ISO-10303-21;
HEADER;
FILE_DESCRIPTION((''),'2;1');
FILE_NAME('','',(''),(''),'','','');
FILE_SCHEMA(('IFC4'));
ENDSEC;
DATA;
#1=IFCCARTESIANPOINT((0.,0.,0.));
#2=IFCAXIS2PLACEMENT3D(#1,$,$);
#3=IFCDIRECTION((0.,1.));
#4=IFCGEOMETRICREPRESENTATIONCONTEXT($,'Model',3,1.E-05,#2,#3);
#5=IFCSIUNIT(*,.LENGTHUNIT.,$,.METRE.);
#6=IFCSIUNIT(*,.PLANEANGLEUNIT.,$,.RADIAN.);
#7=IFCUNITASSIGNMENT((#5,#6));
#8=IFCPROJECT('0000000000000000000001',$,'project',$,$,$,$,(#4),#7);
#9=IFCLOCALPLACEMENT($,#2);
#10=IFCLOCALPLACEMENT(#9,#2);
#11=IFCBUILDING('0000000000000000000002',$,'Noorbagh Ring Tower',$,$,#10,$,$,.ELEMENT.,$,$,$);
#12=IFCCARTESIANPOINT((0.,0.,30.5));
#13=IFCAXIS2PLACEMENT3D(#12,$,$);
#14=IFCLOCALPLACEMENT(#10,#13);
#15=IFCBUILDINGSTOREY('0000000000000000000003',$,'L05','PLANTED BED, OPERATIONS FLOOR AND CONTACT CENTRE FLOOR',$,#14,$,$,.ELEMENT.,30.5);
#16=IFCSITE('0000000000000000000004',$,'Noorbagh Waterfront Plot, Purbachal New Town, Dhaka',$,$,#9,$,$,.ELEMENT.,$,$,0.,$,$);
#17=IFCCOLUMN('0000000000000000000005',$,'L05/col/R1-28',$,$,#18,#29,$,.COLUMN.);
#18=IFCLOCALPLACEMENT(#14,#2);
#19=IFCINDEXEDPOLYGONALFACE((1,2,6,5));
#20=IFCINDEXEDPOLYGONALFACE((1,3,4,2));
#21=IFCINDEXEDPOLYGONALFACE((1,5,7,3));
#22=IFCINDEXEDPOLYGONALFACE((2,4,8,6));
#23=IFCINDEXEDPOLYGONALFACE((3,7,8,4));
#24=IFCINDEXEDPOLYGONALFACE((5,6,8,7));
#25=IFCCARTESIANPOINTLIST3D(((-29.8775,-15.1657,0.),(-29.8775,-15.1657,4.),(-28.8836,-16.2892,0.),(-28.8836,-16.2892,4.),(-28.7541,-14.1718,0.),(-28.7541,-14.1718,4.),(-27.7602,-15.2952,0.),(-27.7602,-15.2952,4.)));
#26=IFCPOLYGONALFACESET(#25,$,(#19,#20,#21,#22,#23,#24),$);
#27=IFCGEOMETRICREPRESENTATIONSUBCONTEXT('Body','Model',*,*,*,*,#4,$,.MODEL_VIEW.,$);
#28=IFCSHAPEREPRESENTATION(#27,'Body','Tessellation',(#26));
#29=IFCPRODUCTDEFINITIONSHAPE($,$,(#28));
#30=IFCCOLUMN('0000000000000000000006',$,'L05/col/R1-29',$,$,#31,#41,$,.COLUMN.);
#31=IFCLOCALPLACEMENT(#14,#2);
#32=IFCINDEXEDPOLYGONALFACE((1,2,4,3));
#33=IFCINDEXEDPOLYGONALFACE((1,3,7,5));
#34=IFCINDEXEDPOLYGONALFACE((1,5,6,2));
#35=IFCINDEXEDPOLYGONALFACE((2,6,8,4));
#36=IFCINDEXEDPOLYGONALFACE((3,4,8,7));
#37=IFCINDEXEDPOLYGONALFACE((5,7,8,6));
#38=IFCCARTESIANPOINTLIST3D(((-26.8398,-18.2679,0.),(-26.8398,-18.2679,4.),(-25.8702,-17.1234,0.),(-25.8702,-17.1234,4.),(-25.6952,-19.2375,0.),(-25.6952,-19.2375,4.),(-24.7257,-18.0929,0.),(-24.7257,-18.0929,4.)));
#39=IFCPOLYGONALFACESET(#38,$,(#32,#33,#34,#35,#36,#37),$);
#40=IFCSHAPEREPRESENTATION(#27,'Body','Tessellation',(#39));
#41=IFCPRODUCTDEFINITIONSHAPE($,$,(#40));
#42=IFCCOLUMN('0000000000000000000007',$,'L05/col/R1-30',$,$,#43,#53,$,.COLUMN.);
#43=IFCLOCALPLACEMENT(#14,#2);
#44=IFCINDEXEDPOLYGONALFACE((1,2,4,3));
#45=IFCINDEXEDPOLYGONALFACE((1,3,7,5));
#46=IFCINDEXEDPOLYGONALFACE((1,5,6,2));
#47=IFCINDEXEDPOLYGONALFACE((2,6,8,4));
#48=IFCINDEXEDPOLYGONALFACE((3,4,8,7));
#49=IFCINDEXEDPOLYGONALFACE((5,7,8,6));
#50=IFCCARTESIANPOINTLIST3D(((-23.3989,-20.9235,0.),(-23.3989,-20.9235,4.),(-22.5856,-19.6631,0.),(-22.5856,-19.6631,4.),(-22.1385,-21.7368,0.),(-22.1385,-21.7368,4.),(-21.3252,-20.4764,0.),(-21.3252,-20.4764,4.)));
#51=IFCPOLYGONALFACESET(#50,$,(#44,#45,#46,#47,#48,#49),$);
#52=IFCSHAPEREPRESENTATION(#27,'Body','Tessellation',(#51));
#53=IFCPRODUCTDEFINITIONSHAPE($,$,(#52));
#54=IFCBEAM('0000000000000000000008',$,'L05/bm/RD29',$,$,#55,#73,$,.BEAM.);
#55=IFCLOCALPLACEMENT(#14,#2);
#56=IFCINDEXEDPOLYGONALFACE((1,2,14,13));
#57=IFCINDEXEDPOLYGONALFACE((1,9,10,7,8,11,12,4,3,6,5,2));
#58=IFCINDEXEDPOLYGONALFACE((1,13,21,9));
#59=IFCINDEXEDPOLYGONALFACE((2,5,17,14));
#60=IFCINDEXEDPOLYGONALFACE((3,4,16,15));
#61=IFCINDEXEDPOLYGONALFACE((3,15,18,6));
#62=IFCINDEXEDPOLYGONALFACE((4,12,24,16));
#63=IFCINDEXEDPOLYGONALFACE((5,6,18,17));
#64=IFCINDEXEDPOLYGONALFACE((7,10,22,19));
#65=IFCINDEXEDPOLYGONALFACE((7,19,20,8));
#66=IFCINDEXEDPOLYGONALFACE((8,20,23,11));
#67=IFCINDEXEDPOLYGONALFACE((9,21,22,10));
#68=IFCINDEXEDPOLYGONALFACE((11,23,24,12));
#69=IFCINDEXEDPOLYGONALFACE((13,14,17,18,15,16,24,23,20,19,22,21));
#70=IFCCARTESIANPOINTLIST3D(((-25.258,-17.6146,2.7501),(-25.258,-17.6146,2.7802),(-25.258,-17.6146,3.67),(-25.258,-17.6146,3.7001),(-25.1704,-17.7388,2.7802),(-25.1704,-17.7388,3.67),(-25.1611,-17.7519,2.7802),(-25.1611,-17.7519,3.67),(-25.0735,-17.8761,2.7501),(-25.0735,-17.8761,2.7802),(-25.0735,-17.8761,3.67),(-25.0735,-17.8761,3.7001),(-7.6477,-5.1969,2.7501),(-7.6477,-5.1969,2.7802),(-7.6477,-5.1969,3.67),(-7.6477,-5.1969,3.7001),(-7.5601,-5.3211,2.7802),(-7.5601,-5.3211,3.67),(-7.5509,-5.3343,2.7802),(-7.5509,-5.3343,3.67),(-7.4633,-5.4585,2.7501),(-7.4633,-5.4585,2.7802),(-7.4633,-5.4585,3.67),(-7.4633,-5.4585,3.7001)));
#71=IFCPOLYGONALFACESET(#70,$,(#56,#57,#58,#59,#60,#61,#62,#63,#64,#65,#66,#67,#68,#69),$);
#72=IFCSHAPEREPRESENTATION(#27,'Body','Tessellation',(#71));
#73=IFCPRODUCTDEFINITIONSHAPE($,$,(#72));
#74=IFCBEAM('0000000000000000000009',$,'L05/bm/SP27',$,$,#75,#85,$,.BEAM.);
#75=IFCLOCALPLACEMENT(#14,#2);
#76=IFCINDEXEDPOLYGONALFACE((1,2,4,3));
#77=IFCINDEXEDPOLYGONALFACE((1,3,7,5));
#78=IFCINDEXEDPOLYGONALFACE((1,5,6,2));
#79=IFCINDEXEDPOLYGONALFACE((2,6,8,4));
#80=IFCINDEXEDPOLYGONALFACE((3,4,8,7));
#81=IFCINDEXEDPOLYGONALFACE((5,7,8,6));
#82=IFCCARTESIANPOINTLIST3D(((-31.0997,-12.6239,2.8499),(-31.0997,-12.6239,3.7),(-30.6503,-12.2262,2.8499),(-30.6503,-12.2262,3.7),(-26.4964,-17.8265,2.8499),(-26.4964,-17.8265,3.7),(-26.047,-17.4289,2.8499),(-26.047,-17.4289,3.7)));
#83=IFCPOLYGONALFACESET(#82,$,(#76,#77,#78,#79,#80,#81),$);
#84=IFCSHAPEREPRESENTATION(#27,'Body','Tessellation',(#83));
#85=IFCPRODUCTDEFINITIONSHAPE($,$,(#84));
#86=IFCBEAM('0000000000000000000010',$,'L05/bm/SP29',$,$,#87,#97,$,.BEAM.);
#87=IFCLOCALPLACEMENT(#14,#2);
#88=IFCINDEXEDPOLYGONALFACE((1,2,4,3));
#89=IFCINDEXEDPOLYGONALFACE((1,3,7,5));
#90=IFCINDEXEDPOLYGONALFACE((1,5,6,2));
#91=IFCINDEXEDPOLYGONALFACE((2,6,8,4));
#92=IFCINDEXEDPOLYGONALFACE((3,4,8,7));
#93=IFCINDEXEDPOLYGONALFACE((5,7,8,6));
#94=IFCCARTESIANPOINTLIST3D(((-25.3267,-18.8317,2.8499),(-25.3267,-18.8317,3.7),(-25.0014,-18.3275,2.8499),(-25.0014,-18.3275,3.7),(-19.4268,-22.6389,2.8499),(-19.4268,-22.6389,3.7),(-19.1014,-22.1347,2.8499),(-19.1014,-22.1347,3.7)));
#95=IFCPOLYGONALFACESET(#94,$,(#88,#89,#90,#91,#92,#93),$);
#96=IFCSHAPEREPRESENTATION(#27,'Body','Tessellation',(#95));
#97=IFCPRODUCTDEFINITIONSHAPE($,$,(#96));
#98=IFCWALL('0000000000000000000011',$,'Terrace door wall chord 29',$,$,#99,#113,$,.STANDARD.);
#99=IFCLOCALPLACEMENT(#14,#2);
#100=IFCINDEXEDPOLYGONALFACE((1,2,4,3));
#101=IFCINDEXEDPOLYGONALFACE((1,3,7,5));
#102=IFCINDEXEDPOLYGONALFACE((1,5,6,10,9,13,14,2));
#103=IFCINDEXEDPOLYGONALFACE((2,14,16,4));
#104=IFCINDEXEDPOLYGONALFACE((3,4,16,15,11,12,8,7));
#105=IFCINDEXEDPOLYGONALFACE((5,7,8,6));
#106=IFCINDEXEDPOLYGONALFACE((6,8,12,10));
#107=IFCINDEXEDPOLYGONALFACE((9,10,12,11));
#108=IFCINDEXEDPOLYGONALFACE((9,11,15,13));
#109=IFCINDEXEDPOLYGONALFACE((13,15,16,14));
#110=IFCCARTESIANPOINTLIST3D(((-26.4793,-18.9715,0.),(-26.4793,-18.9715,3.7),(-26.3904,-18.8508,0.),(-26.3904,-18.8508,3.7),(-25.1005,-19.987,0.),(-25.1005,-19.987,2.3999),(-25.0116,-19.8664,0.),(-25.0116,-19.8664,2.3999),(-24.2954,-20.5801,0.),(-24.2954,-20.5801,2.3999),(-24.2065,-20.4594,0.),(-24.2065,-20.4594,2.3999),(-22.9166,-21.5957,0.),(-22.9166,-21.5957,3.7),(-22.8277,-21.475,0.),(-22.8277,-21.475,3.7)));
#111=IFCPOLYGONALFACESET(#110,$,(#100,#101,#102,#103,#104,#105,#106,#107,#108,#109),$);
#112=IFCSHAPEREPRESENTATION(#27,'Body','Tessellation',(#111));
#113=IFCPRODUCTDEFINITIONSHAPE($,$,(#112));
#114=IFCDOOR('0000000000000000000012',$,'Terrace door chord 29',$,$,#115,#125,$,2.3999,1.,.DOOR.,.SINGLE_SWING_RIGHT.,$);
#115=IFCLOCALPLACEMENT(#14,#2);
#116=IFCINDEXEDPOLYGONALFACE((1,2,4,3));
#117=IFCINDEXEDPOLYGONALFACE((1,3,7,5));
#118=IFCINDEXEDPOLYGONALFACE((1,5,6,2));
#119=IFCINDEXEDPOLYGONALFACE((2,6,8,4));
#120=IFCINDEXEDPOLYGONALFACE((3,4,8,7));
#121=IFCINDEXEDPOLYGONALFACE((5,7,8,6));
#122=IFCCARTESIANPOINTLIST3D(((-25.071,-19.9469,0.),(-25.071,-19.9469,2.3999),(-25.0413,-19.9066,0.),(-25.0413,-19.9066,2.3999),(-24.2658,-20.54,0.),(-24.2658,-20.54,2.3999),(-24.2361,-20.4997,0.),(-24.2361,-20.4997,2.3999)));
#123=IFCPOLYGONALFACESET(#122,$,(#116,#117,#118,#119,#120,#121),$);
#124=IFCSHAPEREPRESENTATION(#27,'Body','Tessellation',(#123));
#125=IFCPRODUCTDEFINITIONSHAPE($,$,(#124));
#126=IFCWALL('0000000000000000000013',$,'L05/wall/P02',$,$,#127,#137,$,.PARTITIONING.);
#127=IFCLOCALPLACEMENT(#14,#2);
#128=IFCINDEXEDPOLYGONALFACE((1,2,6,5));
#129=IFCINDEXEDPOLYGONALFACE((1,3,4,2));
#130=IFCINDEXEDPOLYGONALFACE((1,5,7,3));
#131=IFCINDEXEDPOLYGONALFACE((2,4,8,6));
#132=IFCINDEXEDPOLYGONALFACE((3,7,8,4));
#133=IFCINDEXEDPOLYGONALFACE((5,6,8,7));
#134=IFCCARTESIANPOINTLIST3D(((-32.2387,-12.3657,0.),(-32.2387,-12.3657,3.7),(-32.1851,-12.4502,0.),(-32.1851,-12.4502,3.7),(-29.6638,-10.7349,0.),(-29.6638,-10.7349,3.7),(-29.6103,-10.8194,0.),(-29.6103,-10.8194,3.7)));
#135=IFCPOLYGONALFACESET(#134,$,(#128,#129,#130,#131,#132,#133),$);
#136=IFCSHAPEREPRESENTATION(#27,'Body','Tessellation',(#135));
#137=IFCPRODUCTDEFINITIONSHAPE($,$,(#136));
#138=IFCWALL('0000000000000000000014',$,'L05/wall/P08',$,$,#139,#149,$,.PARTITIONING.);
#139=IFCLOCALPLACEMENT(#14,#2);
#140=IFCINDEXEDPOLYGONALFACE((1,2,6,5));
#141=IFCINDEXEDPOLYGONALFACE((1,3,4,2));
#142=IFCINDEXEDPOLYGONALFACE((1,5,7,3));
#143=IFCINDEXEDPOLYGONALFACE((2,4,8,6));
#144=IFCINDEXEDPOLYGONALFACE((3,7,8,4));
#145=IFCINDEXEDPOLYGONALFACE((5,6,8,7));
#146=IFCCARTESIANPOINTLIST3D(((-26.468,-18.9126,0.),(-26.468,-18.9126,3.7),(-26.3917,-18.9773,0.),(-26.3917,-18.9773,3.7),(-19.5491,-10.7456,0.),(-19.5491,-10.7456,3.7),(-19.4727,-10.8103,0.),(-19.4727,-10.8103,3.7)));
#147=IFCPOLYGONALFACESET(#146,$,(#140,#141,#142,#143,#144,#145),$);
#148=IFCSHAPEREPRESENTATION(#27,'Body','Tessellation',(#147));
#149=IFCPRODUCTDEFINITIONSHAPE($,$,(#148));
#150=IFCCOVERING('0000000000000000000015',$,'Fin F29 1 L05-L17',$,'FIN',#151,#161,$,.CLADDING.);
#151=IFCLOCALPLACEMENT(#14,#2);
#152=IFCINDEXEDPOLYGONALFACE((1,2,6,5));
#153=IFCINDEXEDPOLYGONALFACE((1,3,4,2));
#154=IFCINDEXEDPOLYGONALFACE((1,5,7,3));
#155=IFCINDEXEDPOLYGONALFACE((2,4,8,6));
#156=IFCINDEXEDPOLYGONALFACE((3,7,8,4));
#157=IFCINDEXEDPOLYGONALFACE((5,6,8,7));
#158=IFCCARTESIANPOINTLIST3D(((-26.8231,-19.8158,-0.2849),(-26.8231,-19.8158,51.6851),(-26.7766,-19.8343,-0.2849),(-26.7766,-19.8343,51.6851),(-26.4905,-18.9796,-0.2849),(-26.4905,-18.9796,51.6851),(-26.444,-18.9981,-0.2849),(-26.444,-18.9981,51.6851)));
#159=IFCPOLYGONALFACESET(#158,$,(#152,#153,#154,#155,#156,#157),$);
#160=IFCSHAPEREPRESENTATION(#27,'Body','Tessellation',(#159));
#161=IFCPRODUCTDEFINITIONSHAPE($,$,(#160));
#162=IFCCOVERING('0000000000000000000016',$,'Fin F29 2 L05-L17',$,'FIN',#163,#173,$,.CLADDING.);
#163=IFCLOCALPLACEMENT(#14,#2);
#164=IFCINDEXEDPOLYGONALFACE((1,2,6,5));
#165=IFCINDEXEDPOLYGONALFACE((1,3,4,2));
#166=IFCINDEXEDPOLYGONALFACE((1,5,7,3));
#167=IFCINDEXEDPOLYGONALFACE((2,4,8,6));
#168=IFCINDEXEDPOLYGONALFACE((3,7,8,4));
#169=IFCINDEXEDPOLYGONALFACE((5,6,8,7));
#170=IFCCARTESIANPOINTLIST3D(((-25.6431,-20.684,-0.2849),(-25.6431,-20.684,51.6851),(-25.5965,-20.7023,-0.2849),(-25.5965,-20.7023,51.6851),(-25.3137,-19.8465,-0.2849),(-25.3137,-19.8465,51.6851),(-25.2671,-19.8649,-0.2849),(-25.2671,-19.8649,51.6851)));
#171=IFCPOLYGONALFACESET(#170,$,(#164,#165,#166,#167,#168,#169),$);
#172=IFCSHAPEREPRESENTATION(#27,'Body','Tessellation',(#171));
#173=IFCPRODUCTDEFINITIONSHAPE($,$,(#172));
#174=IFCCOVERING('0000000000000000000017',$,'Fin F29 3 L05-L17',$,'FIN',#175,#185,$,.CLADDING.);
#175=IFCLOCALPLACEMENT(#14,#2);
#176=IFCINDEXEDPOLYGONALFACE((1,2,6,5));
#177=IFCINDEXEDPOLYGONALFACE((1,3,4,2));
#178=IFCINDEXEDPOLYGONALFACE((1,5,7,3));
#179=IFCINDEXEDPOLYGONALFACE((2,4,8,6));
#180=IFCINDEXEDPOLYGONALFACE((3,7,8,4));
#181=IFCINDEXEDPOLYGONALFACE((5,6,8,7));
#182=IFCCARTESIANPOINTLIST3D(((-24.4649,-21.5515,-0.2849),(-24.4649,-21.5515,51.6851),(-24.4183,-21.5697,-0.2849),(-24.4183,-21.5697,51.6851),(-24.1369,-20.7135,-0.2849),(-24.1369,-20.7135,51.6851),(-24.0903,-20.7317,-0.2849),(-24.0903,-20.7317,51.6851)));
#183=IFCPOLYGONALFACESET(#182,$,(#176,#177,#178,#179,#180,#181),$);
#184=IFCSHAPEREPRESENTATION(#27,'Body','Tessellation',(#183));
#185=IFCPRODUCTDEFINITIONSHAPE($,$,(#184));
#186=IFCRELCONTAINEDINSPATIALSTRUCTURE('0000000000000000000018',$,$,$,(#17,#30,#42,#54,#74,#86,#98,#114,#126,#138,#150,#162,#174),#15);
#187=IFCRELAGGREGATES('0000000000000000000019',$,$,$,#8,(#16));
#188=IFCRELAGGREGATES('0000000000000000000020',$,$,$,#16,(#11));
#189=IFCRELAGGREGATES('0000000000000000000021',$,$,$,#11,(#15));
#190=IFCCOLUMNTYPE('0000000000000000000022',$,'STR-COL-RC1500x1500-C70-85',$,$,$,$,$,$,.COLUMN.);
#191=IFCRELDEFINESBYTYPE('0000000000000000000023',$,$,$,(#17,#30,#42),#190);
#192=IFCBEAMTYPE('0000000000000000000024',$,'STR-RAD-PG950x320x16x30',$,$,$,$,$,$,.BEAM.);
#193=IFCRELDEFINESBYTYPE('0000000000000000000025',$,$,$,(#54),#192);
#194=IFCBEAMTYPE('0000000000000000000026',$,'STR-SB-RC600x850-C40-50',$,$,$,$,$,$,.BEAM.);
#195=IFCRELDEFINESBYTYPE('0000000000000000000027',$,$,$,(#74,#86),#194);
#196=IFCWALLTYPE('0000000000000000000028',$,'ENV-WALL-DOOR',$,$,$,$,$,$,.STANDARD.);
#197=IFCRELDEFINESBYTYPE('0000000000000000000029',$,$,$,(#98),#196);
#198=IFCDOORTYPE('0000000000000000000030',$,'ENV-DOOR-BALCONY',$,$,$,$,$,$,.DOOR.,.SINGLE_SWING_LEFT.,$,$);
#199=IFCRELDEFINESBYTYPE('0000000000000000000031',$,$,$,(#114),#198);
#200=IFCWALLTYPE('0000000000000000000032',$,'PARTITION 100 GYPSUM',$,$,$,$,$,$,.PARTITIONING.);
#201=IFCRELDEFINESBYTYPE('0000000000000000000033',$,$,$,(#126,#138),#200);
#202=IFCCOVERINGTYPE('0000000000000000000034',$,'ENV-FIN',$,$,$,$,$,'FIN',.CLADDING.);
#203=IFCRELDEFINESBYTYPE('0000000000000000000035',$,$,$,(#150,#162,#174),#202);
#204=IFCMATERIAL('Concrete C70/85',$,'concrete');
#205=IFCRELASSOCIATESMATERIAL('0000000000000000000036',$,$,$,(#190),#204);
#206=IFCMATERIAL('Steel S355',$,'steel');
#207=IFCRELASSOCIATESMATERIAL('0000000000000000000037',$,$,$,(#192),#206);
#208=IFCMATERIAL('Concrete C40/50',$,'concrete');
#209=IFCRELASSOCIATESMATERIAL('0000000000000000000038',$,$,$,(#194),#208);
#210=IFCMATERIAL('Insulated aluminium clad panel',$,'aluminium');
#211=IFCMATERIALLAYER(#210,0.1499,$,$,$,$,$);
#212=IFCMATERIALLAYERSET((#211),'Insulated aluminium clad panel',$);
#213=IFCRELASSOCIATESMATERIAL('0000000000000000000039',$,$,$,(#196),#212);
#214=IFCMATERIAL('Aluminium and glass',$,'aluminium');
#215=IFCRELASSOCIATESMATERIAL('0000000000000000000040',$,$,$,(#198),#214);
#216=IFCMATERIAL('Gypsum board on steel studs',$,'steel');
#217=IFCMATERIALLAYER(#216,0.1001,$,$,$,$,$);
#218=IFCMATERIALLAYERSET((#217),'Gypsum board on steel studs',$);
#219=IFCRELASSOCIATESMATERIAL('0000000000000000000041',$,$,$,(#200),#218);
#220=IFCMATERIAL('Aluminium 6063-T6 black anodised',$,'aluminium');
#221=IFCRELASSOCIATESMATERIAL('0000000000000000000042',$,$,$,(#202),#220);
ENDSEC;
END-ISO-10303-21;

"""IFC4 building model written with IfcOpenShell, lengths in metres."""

from ifc_helpers import new_model, si_unit, direction, frame, frame_2d, origin, origin_2d, place, context, subcontext, project, spatial, rectangle, i_section, extrude, material, layer, layer_set, material_profile, profile_set, type_object, element, fill, save


model = new_model("IFC4")

# Units and contexts
model_context = context("Model", 3, precision=1e-05, world=origin(), true_north=direction((0.0, 1.0)))
body_context = subcontext(model_context, "Body", "Model", "MODEL_VIEW")
ifc_project = project(units=[si_unit("LENGTHUNIT", "METRE"), si_unit("PLANEANGLEUNIT", "RADIAN")], contexts=[model_context])

# Site, building, storey
site_placement = place(None, origin())
site = spatial("IfcSite", under=ifc_project, at=site_placement, Name="Noorbagh Waterfront Plot, Purbachal New Town, Dhaka", CompositionType="ELEMENT", RefElevation=0.0)
building_placement = place(site_placement, origin())
building = spatial("IfcBuilding", under=site, at=building_placement, Name="Noorbagh Ring Tower", CompositionType="ELEMENT")
storey_placement = place(building_placement, frame((0.0, 0.0, 30.5)))
storey = spatial("IfcBuildingStorey", under=building, at=storey_placement, Name="L05", Description="PLANTED BED, OPERATIONS FLOOR AND CONTACT CENTRE FLOOR", CompositionType="ELEMENT", Elevation=30.5)

# Columns
ifc_material_1 = material(Name="Concrete C70/85", Category="concrete")
ifc_material_profile_1 = material_profile(ifc_material_1, rectangle(XDim=1.5, YDim=1.5, at=origin_2d()), Name="RC1500x1500")
ifc_profile_set_1 = profile_set([ifc_material_profile_1], Name="Concrete C70/85")
column_type = type_object("IfcColumnType", Name="STR-COL-RC1500x1500-C70-85", PredefinedType="COLUMN", material=ifc_profile_set_1)
for number, where, z_axis, x_axis, name in (
    (1, (-28.8188, -15.2305, 0.0), (0.0, 0.0, 1.0), (0.662636, -0.748942, 0.0), "L05/col/R1-28"),
    (2, (-25.7827, -18.1804, 0.0), (0.0, 0.0, 1.0), (0.763035, -0.646357, 0.0), "L05/col/R1-29"),
    (3, (-22.3621, -20.7, 0.0), (0.0, 0.0, 1.0), (0.840248, -0.542203, 0.0), "L05/col/R1-30"),
):
    element("IfcColumn", number, at=place(storey_placement, frame(where, z_axis=z_axis, x_axis=x_axis)), inside=storey, type_object=column_type, Name=name, PredefinedType="COLUMN", context=body_context, shape_type="SweptSolid", body=[
        extrude(rectangle(XDim=1.5, YDim=1.5, at=origin_2d()), origin(), (0.0, 0.0, 1.0), 4.0),
    ])

# Beams
ifc_material_2 = material(Name="Steel S355", Category="steel")
ifc_material_profile_2 = material_profile(ifc_material_2, i_section(OverallWidth=0.3201, OverallDepth=0.95, WebThickness=0.0161, FlangeThickness=0.03, at=origin_2d()), Name="PG950x320x16x30")
ifc_profile_set_2 = profile_set([ifc_material_profile_2], Name="Steel S355")
beam_type_1 = type_object("IfcBeamType", Name="STR-RAD-PG950x320x16x30", PredefinedType="BEAM", material=ifc_profile_set_2)
beam_1_placement = place(storey_placement, frame((-25.1658, -17.7454, 3.2251), z_axis=(0.817254, 0.576277, 0.0), x_axis=(-0.576277, 0.817254, 0.0)))
element("IfcBeam", 4, at=beam_1_placement, inside=storey, type_object=beam_type_1, Name="L05/bm/RD29", PredefinedType="BEAM", context=body_context, shape_type="SweptSolid", body=[
    extrude(i_section(OverallWidth=0.3201, OverallDepth=0.95, WebThickness=0.0161, FlangeThickness=0.03, at=origin_2d()), origin(), (0.0, 0.0, 1.0), 21.5481),
])
ifc_material_3 = material(Name="Concrete C40/50", Category="concrete")
ifc_material_profile_3 = material_profile(ifc_material_3, rectangle(XDim=0.6001, YDim=0.8501, at=origin_2d()), Name="RC600x850")
ifc_profile_set_3 = profile_set([ifc_material_profile_3], Name="Concrete C40/50")
beam_type_2 = type_object("IfcBeamType", Name="STR-SB-RC600x850-C40-50", PredefinedType="BEAM", material=ifc_profile_set_3)
beam_2_placement = place(storey_placement, frame((-30.875, -12.425, 3.2749), z_axis=(0.66265, -0.748929, 0.0), x_axis=(0.748929, 0.66265, 0.0)))
element("IfcBeam", 5, at=beam_2_placement, inside=storey, type_object=beam_type_2, Name="L05/bm/SP27", PredefinedType="BEAM", context=body_context, shape_type="SweptSolid", body=[
    extrude(rectangle(XDim=0.6001, YDim=0.8501, at=origin_2d()), origin(), (0.0, 0.0, 1.0), 6.9468),
])
beam_3_placement = place(storey_placement, frame((-25.1641, -18.5796, 3.2749), z_axis=(0.840249, -0.542201, 0.0), x_axis=(0.542201, 0.840249, 0.0)))
element("IfcBeam", 6, at=beam_3_placement, inside=storey, type_object=beam_type_2, Name="L05/bm/SP29", PredefinedType="BEAM", context=body_context, shape_type="SweptSolid", body=[
    extrude(rectangle(XDim=0.6001, YDim=0.8501, at=origin_2d()), origin(), (0.0, 0.0, 1.0), 7.0217),
])

# Wall, opening, door
ifc_material_4 = material(Name="Insulated aluminium clad panel", Category="aluminium")
ifc_layer_1 = layer(ifc_material_4, 0.1499)
ifc_layer_set_1 = layer_set([ifc_layer_1], Name="Insulated aluminium clad panel")
wall_type_1 = type_object("IfcWallType", Name="ENV-WALL-DOOR", PredefinedType="STANDARD", material=ifc_layer_set_1)
wall_1_placement = place(storey_placement, frame((-26.4348, -18.9111, 0.0), z_axis=(0.0, 0.0, 1.0), x_axis=(0.805154, -0.593065, 0.0)))
wall_1 = element("IfcWall", 7, at=wall_1_placement, inside=storey, type_object=wall_type_1, Name="Terrace door wall chord 29", PredefinedType="STANDARD", context=body_context, shape_type="SweptSolid", body=[
    extrude(rectangle(XDim=4.4248, YDim=0.1499, at=frame_2d((2.2124, 0.0))), origin(), (0.0, 0.0, 1.0), 3.7),
])
opening_placement = place(wall_1_placement, frame((1.7124, 0.0, 0.0)))
opening = element("IfcOpeningElement", 8, at=opening_placement, cuts=wall_1, PredefinedType="OPENING", context=body_context, shape_type="SweptSolid", body=[
    extrude(rectangle(XDim=1.0, YDim=2.3999, at=frame_2d((0.5, 1.2))), frame((0.0, 0.085, 0.0), z_axis=(0.0, -1.0, 0.0), x_axis=(1.0, 0.0, 0.0)), (0.0, 0.0, 1.0), 0.1699),
])
ifc_material_5 = material(Name="Aluminium and glass", Category="aluminium")
door_type = type_object("IfcDoorType", Name="ENV-DOOR-BALCONY", OperationType="SINGLE_SWING_LEFT", PredefinedType="DOOR", material=ifc_material_5)
door_placement = place(opening_placement, origin())
door = element("IfcDoor", 9, at=door_placement, inside=storey, type_object=door_type, Name="Terrace door chord 29", OperationType="SINGLE_SWING_RIGHT", OverallHeight=2.3999, OverallWidth=1.0, PredefinedType="DOOR", context=body_context, shape_type="SweptSolid", body=[
    extrude(rectangle(XDim=1.0, YDim=2.3999, at=frame_2d((0.5, 1.2))), frame((0.0, 0.0249, 0.0), z_axis=(0.0, -1.0, 0.0), x_axis=(1.0, 0.0, 0.0)), (0.0, 0.0, 1.0), 0.05),
])
fill(opening, door)

# Walls
ifc_material_6 = material(Name="Gypsum board on steel studs", Category="steel")
ifc_layer_2 = layer(ifc_material_6, 0.1001)
ifc_layer_set_2 = layer_set([ifc_layer_2], Name="Gypsum board on steel studs")
wall_type_2 = type_object("IfcWallType", Name="PARTITION 100 GYPSUM", PredefinedType="PARTITIONING", material=ifc_layer_set_2)
wall_2_placement = place(storey_placement, frame((-32.2119, -12.408, 0.0), z_axis=(0.0, 0.0, 1.0), x_axis=(0.844811, 0.535065, 0.0)))
element("IfcWall", 10, at=wall_2_placement, inside=storey, type_object=wall_type_2, Name="L05/wall/P02", PredefinedType="PARTITIONING", context=body_context, shape_type="SweptSolid", body=[
    extrude(rectangle(XDim=3.0479, YDim=0.1001, at=frame_2d((1.5239, 0.0))), origin(), (0.0, 0.0, 1.0), 3.7),
])
wall_3_placement = place(storey_placement, frame((-26.4299, -18.9451, 0.0), z_axis=(0.0, 0.0, 1.0), x_axis=(0.6464, 0.762999, 0.0)))
element("IfcWall", 11, at=wall_3_placement, inside=storey, type_object=wall_type_2, Name="L05/wall/P08", PredefinedType="PARTITIONING", context=body_context, shape_type="SweptSolid", body=[
    extrude(rectangle(XDim=10.7039, YDim=0.1001, at=frame_2d((5.3521, 0.0))), origin(), (0.0, 0.0, 1.0), 3.7),
])

# Coverings
ifc_material_7 = material(Name="Aluminium 6063-T6 black anodised", Category="aluminium")
ifc_material_profile_4 = material_profile(ifc_material_7, rectangle(XDim=0.8999, YDim=0.05, at=origin_2d()), Name="900x50")
ifc_profile_set_4 = profile_set([ifc_material_profile_4], Name="Aluminium 6063-T6 black anodised")
covering_type = type_object("IfcCoveringType", Name="ENV-FIN", ElementType="FIN", PredefinedType="CLADDING", material=ifc_profile_set_4)
for number, where, z_axis, x_axis, name in (
    (12, (-26.6335, -19.407, -0.2849), (0.0, 0.0, 1.0), (-0.369564, -0.929205, 0.0), "Fin F29 1 L05-L17"),
    (13, (-25.4551, -20.2744, -0.2849), (0.0, 0.0, 1.0), (-0.366047, -0.930596, 0.0), "Fin F29 2 L05-L17"),
    (14, (-24.2776, -21.1416, -0.2849), (0.0, 0.0, 1.0), (-0.364533, -0.93119, 0.0), "Fin F29 3 L05-L17"),
):
    element("IfcCovering", number, at=place(storey_placement, frame(where, z_axis=z_axis, x_axis=x_axis)), inside=storey, type_object=covering_type, Name=name, ObjectType="FIN", PredefinedType="CLADDING", context=body_context, shape_type="SweptSolid", body=[
        extrude(rectangle(XDim=0.8999, YDim=0.05, at=origin_2d()), origin(), (0.0, 0.0, 1.0), 51.97),
    ])

save(model, "model.ifc")
